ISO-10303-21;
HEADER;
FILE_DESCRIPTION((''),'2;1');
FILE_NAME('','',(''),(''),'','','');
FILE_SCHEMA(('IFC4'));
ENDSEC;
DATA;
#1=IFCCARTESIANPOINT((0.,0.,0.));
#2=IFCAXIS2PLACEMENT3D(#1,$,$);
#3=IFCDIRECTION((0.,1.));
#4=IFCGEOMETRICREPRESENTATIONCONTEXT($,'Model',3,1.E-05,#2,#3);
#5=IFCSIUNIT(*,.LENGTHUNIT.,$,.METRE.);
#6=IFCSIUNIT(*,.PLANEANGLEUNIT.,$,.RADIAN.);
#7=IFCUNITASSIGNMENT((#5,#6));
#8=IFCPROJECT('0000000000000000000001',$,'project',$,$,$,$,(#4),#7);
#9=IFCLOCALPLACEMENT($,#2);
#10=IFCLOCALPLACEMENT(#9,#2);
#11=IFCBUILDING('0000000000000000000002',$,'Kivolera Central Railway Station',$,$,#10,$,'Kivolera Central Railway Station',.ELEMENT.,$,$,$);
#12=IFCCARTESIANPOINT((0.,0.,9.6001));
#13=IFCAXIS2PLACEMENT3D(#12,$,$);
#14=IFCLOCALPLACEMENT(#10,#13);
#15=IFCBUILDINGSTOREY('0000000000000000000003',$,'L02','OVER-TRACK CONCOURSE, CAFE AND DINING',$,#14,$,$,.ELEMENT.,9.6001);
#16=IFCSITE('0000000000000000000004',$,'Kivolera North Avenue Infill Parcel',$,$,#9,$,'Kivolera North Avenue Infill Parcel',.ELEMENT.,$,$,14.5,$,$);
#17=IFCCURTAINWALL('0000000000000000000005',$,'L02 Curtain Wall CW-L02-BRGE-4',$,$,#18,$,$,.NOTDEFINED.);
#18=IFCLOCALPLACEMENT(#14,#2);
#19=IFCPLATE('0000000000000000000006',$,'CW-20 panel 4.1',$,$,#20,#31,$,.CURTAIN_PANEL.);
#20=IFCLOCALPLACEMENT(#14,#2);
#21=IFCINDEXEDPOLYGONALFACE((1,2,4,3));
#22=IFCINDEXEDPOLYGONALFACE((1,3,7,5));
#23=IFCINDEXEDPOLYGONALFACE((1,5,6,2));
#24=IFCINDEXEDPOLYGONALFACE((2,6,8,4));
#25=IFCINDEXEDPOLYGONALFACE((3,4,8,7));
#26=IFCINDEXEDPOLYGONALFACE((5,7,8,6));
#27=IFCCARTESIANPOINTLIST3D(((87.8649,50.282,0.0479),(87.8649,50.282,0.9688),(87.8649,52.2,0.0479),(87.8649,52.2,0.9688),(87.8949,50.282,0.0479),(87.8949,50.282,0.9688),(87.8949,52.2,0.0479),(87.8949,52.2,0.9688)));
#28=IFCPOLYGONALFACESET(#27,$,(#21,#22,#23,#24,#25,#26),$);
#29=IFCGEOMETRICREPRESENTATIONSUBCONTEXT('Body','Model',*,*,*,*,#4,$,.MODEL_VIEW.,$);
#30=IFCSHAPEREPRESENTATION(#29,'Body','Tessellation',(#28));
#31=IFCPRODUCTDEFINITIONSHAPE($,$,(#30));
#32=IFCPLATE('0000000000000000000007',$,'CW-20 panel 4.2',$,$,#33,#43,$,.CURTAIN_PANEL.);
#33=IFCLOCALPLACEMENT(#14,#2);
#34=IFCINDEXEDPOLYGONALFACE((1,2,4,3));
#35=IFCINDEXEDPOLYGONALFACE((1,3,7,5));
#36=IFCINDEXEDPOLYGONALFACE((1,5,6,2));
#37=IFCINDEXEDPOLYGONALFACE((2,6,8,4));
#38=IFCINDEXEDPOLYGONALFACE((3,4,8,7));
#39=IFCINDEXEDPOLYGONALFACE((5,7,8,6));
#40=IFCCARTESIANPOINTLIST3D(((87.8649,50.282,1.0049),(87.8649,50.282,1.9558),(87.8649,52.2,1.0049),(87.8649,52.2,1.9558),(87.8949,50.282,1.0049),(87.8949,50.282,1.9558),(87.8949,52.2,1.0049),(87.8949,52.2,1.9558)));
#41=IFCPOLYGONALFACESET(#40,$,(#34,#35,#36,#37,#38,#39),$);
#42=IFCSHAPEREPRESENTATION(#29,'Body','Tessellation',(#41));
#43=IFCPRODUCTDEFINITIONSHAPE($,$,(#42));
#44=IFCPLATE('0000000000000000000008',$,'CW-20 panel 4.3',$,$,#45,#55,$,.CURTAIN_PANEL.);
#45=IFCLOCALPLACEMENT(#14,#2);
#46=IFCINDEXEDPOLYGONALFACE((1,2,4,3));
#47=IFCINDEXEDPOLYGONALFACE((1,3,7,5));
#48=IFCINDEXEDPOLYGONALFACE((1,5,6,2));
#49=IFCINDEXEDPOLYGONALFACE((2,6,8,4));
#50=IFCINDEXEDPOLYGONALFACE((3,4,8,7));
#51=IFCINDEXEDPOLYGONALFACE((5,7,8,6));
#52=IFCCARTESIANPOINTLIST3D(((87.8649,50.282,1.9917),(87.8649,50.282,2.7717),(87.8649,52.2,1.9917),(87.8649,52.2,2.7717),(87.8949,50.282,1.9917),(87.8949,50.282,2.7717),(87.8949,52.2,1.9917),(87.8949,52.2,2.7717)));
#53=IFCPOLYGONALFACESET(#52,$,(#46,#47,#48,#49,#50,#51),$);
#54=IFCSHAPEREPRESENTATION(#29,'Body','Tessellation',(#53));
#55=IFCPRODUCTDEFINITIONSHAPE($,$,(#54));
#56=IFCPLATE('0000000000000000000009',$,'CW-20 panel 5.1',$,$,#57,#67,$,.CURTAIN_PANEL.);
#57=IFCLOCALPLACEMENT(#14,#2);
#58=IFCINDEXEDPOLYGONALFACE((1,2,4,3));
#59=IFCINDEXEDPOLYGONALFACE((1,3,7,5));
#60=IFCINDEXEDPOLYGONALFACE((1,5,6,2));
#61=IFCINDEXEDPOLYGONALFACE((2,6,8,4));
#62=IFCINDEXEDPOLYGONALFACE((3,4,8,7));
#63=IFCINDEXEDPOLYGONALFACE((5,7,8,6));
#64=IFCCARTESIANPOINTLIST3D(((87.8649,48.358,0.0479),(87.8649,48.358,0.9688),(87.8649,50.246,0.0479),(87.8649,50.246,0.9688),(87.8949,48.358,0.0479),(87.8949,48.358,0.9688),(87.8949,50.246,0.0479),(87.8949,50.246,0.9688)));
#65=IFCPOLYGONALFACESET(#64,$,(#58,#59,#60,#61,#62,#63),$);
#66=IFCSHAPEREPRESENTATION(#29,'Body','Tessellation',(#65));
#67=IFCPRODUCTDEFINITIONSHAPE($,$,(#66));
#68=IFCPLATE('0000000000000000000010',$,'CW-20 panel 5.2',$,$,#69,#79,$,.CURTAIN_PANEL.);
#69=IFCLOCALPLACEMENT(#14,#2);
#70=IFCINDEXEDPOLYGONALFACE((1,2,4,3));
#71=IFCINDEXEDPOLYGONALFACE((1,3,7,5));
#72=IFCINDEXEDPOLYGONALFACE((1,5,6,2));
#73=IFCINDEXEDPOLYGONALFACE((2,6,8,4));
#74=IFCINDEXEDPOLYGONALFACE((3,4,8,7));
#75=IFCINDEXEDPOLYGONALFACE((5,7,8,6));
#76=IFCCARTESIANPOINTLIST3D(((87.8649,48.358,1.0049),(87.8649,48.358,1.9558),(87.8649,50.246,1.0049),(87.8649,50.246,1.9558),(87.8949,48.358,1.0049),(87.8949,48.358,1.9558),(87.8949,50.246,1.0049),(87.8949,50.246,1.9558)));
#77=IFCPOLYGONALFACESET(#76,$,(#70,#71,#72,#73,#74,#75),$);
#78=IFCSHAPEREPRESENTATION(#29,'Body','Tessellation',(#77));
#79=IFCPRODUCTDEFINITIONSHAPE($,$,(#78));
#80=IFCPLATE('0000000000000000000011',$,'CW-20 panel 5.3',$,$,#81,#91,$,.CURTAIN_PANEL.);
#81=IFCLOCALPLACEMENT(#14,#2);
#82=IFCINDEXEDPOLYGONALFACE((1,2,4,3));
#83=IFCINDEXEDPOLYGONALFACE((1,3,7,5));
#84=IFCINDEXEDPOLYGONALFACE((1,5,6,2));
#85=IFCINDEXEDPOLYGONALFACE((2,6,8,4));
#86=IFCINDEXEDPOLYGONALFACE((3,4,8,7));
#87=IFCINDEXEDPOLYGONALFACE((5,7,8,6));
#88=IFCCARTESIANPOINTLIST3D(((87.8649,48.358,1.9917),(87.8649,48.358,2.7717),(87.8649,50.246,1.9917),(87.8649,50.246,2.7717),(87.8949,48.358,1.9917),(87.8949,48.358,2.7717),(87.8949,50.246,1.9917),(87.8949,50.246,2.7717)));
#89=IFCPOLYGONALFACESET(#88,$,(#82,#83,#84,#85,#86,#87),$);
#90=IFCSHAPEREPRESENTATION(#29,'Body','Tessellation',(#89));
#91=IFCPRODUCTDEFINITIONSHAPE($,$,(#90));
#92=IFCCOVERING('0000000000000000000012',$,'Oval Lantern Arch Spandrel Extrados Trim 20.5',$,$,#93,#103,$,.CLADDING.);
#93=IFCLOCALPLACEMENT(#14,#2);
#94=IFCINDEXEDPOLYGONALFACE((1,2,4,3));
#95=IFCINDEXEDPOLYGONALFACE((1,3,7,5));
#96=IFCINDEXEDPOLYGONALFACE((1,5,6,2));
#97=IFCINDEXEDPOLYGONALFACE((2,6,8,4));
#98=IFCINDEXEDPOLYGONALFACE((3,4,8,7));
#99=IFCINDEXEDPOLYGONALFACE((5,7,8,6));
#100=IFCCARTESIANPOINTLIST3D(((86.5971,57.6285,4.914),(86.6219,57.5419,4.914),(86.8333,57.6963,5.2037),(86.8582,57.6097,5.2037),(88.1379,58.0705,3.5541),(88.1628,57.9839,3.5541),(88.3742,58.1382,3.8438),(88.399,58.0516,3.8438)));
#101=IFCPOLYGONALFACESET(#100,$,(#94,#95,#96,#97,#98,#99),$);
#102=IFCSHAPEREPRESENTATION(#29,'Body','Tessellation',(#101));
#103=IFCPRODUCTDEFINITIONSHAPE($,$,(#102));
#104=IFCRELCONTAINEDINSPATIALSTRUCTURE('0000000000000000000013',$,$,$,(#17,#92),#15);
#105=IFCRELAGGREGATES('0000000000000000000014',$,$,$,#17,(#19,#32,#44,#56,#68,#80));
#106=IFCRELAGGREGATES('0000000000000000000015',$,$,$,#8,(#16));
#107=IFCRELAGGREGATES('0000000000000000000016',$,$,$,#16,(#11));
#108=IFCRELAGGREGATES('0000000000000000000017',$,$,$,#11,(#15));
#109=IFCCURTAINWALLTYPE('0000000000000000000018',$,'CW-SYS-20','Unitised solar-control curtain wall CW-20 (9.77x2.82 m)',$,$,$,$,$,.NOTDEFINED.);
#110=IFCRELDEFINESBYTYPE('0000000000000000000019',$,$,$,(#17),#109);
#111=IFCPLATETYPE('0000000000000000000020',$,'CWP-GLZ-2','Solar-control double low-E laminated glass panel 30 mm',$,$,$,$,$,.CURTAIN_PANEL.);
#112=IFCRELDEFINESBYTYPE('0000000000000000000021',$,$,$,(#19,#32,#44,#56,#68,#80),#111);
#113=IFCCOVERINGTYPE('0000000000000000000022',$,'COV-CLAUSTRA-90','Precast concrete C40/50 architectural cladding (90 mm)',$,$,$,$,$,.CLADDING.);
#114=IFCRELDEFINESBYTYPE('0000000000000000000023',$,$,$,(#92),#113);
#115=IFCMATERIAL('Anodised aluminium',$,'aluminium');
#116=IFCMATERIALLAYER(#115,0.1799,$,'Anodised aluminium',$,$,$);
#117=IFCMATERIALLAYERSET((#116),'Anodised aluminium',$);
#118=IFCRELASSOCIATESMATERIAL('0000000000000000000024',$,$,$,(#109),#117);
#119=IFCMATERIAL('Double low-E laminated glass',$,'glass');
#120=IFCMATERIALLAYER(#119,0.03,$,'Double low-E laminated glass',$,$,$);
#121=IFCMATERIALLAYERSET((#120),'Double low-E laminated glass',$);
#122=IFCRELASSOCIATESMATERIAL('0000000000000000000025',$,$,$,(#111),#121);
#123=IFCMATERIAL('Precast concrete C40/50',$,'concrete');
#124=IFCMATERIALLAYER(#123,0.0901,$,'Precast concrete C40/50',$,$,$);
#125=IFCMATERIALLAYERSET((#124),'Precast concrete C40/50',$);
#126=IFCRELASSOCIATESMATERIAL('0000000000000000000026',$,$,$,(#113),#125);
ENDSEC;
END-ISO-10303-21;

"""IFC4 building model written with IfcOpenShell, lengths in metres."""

from ifc_helpers import new_model, si_unit, direction, frame, origin, origin_2d, place, context, subcontext, project, spatial, rectangle, extrude, material, layer, layer_set, type_object, element, aggregate, save


model = new_model("IFC4")

# Units and contexts
model_context = context("Model", 3, precision=1e-05, world=origin(), true_north=direction((0.0, 1.0)))
body_context = subcontext(model_context, "Body", "Model", "MODEL_VIEW")
ifc_project = project(units=[si_unit("LENGTHUNIT", "METRE"), si_unit("PLANEANGLEUNIT", "RADIAN")], contexts=[model_context])

# Site, building, storey
site_placement = place(None, origin())
site = spatial("IfcSite", under=ifc_project, at=site_placement, Name="Kivolera North Avenue Infill Parcel", LongName="Kivolera North Avenue Infill Parcel", CompositionType="ELEMENT", RefElevation=14.5)
building_placement = place(site_placement, origin())
building = spatial("IfcBuilding", under=site, at=building_placement, Name="Kivolera Central Railway Station", LongName="Kivolera Central Railway Station", CompositionType="ELEMENT")
storey_placement = place(building_placement, frame((0.0, 0.0, 9.6001)))
storey = spatial("IfcBuildingStorey", under=building, at=storey_placement, Name="L02", Description="OVER-TRACK CONCOURSE, CAFE AND DINING", CompositionType="ELEMENT", Elevation=9.6001)

# Shared definitions
ifc_material_1 = material(Name="Anodised aluminium", Category="aluminium")

# Curtain wall
ifc_layer_1 = layer(ifc_material_1, 0.1799, Name="Anodised aluminium")
ifc_layer_set_1 = layer_set([ifc_layer_1], Name="Anodised aluminium")
curtain_wall_type_1 = type_object("IfcCurtainWallType", Name="CW-SYS-20", Description="Unitised solar-control curtain wall CW-20 (9.77x2.82 m)", PredefinedType="NOTDEFINED", material=ifc_layer_set_1)
curtain_wall_1_placement = place(storey_placement, origin())
curtain_wall_1 = element("IfcCurtainWall", 1, at=curtain_wall_1_placement, inside=storey, type_object=curtain_wall_type_1, Name="L02 Curtain Wall CW-L02-BRGE-4", PredefinedType="NOTDEFINED")

# Plates
ifc_material_2 = material(Name="Double low-E laminated glass", Category="glass")
ifc_layer_2 = layer(ifc_material_2, 0.03, Name="Double low-E laminated glass")
ifc_layer_set_2 = layer_set([ifc_layer_2], Name="Double low-E laminated glass")
plate_type = type_object("IfcPlateType", Name="CWP-GLZ-2", Description="Solar-control double low-E laminated glass panel 30 mm", PredefinedType="CURTAIN_PANEL", material=ifc_layer_set_2)
plate_1_placement = place(storey_placement, frame((87.8799, 51.241, 0.0479), z_axis=(0.0, 0.0, 1.0), x_axis=(0.0, -1.0, 0.0)))
plate_1 = element("IfcPlate", 2, at=plate_1_placement, type_object=plate_type, Name="CW-20 panel 4.1", PredefinedType="CURTAIN_PANEL", context=body_context, shape_type="SweptSolid", body=[
    extrude(rectangle(XDim=1.918, YDim=0.03, at=origin_2d()), origin(), (0.0, 0.0, 1.0), 0.9209),
])
plate_2_placement = place(storey_placement, frame((87.8799, 51.241, 1.0049), z_axis=(0.0, 0.0, 1.0), x_axis=(0.0, -1.0, 0.0)))
plate_2 = element("IfcPlate", 3, at=plate_2_placement, type_object=plate_type, Name="CW-20 panel 4.2", PredefinedType="CURTAIN_PANEL", context=body_context, shape_type="SweptSolid", body=[
    extrude(rectangle(XDim=1.918, YDim=0.03, at=origin_2d()), origin(), (0.0, 0.0, 1.0), 0.9509),
])
plate_3_placement = place(storey_placement, frame((87.8799, 51.241, 1.9917), z_axis=(0.0, 0.0, 1.0), x_axis=(0.0, -1.0, 0.0)))
plate_3 = element("IfcPlate", 4, at=plate_3_placement, type_object=plate_type, Name="CW-20 panel 4.3", PredefinedType="CURTAIN_PANEL", context=body_context, shape_type="SweptSolid", body=[
    extrude(rectangle(XDim=1.918, YDim=0.03, at=origin_2d()), origin(), (0.0, 0.0, 1.0), 0.78),
])
plate_4_placement = place(storey_placement, frame((87.8799, 49.302, 0.0479), z_axis=(0.0, 0.0, 1.0), x_axis=(0.0, -1.0, 0.0)))
plate_4 = element("IfcPlate", 5, at=plate_4_placement, type_object=plate_type, Name="CW-20 panel 5.1", PredefinedType="CURTAIN_PANEL", context=body_context, shape_type="SweptSolid", body=[
    extrude(rectangle(XDim=1.8879, YDim=0.03, at=origin_2d()), origin(), (0.0, 0.0, 1.0), 0.9209),
])
plate_5_placement = place(storey_placement, frame((87.8799, 49.302, 1.0049), z_axis=(0.0, 0.0, 1.0), x_axis=(0.0, -1.0, 0.0)))
plate_5 = element("IfcPlate", 6, at=plate_5_placement, type_object=plate_type, Name="CW-20 panel 5.2", PredefinedType="CURTAIN_PANEL", context=body_context, shape_type="SweptSolid", body=[
    extrude(rectangle(XDim=1.8879, YDim=0.03, at=origin_2d()), origin(), (0.0, 0.0, 1.0), 0.9509),
])
plate_6_placement = place(storey_placement, frame((87.8799, 49.302, 1.9917), z_axis=(0.0, 0.0, 1.0), x_axis=(0.0, -1.0, 0.0)))
plate_6 = element("IfcPlate", 7, at=plate_6_placement, type_object=plate_type, Name="CW-20 panel 5.3", PredefinedType="CURTAIN_PANEL", context=body_context, shape_type="SweptSolid", body=[
    extrude(rectangle(XDim=1.8879, YDim=0.03, at=origin_2d()), origin(), (0.0, 0.0, 1.0), 0.78),
])
aggregate(curtain_wall_1, [plate_1, plate_2, plate_3, plate_4, plate_5, plate_6])

# Covering
ifc_material_3 = material(Name="Precast concrete C40/50", Category="concrete")
ifc_layer_3 = layer(ifc_material_3, 0.0901, Name="Precast concrete C40/50")
ifc_layer_set_3 = layer_set([ifc_layer_3], Name="Precast concrete C40/50")
covering_type = type_object("IfcCoveringType", Name="COV-CLAUSTRA-90", Description="Precast concrete C40/50 architectural cladding (90 mm)", PredefinedType="CLADDING", material=ifc_layer_set_3)
covering_placement = place(storey_placement, frame((87.498, 57.8401, 4.3789), z_axis=(0.733008, 0.210246, -0.646912), x_axis=(0.275632, -0.961263, 0.0)))
element("IfcCovering", 8, at=covering_placement, inside=storey, type_object=covering_type, Name="Oval Lantern Arch Spandrel Extrados Trim 20.5", PredefinedType="CLADDING", context=body_context, shape_type="SweptSolid", body=[
    extrude(rectangle(XDim=0.0901, YDim=0.3799, at=origin_2d()), frame((0.0, 0.0, -1.051)), (0.0, 0.0, 1.0), 2.1021),
])

save(model, "model.ifc")
